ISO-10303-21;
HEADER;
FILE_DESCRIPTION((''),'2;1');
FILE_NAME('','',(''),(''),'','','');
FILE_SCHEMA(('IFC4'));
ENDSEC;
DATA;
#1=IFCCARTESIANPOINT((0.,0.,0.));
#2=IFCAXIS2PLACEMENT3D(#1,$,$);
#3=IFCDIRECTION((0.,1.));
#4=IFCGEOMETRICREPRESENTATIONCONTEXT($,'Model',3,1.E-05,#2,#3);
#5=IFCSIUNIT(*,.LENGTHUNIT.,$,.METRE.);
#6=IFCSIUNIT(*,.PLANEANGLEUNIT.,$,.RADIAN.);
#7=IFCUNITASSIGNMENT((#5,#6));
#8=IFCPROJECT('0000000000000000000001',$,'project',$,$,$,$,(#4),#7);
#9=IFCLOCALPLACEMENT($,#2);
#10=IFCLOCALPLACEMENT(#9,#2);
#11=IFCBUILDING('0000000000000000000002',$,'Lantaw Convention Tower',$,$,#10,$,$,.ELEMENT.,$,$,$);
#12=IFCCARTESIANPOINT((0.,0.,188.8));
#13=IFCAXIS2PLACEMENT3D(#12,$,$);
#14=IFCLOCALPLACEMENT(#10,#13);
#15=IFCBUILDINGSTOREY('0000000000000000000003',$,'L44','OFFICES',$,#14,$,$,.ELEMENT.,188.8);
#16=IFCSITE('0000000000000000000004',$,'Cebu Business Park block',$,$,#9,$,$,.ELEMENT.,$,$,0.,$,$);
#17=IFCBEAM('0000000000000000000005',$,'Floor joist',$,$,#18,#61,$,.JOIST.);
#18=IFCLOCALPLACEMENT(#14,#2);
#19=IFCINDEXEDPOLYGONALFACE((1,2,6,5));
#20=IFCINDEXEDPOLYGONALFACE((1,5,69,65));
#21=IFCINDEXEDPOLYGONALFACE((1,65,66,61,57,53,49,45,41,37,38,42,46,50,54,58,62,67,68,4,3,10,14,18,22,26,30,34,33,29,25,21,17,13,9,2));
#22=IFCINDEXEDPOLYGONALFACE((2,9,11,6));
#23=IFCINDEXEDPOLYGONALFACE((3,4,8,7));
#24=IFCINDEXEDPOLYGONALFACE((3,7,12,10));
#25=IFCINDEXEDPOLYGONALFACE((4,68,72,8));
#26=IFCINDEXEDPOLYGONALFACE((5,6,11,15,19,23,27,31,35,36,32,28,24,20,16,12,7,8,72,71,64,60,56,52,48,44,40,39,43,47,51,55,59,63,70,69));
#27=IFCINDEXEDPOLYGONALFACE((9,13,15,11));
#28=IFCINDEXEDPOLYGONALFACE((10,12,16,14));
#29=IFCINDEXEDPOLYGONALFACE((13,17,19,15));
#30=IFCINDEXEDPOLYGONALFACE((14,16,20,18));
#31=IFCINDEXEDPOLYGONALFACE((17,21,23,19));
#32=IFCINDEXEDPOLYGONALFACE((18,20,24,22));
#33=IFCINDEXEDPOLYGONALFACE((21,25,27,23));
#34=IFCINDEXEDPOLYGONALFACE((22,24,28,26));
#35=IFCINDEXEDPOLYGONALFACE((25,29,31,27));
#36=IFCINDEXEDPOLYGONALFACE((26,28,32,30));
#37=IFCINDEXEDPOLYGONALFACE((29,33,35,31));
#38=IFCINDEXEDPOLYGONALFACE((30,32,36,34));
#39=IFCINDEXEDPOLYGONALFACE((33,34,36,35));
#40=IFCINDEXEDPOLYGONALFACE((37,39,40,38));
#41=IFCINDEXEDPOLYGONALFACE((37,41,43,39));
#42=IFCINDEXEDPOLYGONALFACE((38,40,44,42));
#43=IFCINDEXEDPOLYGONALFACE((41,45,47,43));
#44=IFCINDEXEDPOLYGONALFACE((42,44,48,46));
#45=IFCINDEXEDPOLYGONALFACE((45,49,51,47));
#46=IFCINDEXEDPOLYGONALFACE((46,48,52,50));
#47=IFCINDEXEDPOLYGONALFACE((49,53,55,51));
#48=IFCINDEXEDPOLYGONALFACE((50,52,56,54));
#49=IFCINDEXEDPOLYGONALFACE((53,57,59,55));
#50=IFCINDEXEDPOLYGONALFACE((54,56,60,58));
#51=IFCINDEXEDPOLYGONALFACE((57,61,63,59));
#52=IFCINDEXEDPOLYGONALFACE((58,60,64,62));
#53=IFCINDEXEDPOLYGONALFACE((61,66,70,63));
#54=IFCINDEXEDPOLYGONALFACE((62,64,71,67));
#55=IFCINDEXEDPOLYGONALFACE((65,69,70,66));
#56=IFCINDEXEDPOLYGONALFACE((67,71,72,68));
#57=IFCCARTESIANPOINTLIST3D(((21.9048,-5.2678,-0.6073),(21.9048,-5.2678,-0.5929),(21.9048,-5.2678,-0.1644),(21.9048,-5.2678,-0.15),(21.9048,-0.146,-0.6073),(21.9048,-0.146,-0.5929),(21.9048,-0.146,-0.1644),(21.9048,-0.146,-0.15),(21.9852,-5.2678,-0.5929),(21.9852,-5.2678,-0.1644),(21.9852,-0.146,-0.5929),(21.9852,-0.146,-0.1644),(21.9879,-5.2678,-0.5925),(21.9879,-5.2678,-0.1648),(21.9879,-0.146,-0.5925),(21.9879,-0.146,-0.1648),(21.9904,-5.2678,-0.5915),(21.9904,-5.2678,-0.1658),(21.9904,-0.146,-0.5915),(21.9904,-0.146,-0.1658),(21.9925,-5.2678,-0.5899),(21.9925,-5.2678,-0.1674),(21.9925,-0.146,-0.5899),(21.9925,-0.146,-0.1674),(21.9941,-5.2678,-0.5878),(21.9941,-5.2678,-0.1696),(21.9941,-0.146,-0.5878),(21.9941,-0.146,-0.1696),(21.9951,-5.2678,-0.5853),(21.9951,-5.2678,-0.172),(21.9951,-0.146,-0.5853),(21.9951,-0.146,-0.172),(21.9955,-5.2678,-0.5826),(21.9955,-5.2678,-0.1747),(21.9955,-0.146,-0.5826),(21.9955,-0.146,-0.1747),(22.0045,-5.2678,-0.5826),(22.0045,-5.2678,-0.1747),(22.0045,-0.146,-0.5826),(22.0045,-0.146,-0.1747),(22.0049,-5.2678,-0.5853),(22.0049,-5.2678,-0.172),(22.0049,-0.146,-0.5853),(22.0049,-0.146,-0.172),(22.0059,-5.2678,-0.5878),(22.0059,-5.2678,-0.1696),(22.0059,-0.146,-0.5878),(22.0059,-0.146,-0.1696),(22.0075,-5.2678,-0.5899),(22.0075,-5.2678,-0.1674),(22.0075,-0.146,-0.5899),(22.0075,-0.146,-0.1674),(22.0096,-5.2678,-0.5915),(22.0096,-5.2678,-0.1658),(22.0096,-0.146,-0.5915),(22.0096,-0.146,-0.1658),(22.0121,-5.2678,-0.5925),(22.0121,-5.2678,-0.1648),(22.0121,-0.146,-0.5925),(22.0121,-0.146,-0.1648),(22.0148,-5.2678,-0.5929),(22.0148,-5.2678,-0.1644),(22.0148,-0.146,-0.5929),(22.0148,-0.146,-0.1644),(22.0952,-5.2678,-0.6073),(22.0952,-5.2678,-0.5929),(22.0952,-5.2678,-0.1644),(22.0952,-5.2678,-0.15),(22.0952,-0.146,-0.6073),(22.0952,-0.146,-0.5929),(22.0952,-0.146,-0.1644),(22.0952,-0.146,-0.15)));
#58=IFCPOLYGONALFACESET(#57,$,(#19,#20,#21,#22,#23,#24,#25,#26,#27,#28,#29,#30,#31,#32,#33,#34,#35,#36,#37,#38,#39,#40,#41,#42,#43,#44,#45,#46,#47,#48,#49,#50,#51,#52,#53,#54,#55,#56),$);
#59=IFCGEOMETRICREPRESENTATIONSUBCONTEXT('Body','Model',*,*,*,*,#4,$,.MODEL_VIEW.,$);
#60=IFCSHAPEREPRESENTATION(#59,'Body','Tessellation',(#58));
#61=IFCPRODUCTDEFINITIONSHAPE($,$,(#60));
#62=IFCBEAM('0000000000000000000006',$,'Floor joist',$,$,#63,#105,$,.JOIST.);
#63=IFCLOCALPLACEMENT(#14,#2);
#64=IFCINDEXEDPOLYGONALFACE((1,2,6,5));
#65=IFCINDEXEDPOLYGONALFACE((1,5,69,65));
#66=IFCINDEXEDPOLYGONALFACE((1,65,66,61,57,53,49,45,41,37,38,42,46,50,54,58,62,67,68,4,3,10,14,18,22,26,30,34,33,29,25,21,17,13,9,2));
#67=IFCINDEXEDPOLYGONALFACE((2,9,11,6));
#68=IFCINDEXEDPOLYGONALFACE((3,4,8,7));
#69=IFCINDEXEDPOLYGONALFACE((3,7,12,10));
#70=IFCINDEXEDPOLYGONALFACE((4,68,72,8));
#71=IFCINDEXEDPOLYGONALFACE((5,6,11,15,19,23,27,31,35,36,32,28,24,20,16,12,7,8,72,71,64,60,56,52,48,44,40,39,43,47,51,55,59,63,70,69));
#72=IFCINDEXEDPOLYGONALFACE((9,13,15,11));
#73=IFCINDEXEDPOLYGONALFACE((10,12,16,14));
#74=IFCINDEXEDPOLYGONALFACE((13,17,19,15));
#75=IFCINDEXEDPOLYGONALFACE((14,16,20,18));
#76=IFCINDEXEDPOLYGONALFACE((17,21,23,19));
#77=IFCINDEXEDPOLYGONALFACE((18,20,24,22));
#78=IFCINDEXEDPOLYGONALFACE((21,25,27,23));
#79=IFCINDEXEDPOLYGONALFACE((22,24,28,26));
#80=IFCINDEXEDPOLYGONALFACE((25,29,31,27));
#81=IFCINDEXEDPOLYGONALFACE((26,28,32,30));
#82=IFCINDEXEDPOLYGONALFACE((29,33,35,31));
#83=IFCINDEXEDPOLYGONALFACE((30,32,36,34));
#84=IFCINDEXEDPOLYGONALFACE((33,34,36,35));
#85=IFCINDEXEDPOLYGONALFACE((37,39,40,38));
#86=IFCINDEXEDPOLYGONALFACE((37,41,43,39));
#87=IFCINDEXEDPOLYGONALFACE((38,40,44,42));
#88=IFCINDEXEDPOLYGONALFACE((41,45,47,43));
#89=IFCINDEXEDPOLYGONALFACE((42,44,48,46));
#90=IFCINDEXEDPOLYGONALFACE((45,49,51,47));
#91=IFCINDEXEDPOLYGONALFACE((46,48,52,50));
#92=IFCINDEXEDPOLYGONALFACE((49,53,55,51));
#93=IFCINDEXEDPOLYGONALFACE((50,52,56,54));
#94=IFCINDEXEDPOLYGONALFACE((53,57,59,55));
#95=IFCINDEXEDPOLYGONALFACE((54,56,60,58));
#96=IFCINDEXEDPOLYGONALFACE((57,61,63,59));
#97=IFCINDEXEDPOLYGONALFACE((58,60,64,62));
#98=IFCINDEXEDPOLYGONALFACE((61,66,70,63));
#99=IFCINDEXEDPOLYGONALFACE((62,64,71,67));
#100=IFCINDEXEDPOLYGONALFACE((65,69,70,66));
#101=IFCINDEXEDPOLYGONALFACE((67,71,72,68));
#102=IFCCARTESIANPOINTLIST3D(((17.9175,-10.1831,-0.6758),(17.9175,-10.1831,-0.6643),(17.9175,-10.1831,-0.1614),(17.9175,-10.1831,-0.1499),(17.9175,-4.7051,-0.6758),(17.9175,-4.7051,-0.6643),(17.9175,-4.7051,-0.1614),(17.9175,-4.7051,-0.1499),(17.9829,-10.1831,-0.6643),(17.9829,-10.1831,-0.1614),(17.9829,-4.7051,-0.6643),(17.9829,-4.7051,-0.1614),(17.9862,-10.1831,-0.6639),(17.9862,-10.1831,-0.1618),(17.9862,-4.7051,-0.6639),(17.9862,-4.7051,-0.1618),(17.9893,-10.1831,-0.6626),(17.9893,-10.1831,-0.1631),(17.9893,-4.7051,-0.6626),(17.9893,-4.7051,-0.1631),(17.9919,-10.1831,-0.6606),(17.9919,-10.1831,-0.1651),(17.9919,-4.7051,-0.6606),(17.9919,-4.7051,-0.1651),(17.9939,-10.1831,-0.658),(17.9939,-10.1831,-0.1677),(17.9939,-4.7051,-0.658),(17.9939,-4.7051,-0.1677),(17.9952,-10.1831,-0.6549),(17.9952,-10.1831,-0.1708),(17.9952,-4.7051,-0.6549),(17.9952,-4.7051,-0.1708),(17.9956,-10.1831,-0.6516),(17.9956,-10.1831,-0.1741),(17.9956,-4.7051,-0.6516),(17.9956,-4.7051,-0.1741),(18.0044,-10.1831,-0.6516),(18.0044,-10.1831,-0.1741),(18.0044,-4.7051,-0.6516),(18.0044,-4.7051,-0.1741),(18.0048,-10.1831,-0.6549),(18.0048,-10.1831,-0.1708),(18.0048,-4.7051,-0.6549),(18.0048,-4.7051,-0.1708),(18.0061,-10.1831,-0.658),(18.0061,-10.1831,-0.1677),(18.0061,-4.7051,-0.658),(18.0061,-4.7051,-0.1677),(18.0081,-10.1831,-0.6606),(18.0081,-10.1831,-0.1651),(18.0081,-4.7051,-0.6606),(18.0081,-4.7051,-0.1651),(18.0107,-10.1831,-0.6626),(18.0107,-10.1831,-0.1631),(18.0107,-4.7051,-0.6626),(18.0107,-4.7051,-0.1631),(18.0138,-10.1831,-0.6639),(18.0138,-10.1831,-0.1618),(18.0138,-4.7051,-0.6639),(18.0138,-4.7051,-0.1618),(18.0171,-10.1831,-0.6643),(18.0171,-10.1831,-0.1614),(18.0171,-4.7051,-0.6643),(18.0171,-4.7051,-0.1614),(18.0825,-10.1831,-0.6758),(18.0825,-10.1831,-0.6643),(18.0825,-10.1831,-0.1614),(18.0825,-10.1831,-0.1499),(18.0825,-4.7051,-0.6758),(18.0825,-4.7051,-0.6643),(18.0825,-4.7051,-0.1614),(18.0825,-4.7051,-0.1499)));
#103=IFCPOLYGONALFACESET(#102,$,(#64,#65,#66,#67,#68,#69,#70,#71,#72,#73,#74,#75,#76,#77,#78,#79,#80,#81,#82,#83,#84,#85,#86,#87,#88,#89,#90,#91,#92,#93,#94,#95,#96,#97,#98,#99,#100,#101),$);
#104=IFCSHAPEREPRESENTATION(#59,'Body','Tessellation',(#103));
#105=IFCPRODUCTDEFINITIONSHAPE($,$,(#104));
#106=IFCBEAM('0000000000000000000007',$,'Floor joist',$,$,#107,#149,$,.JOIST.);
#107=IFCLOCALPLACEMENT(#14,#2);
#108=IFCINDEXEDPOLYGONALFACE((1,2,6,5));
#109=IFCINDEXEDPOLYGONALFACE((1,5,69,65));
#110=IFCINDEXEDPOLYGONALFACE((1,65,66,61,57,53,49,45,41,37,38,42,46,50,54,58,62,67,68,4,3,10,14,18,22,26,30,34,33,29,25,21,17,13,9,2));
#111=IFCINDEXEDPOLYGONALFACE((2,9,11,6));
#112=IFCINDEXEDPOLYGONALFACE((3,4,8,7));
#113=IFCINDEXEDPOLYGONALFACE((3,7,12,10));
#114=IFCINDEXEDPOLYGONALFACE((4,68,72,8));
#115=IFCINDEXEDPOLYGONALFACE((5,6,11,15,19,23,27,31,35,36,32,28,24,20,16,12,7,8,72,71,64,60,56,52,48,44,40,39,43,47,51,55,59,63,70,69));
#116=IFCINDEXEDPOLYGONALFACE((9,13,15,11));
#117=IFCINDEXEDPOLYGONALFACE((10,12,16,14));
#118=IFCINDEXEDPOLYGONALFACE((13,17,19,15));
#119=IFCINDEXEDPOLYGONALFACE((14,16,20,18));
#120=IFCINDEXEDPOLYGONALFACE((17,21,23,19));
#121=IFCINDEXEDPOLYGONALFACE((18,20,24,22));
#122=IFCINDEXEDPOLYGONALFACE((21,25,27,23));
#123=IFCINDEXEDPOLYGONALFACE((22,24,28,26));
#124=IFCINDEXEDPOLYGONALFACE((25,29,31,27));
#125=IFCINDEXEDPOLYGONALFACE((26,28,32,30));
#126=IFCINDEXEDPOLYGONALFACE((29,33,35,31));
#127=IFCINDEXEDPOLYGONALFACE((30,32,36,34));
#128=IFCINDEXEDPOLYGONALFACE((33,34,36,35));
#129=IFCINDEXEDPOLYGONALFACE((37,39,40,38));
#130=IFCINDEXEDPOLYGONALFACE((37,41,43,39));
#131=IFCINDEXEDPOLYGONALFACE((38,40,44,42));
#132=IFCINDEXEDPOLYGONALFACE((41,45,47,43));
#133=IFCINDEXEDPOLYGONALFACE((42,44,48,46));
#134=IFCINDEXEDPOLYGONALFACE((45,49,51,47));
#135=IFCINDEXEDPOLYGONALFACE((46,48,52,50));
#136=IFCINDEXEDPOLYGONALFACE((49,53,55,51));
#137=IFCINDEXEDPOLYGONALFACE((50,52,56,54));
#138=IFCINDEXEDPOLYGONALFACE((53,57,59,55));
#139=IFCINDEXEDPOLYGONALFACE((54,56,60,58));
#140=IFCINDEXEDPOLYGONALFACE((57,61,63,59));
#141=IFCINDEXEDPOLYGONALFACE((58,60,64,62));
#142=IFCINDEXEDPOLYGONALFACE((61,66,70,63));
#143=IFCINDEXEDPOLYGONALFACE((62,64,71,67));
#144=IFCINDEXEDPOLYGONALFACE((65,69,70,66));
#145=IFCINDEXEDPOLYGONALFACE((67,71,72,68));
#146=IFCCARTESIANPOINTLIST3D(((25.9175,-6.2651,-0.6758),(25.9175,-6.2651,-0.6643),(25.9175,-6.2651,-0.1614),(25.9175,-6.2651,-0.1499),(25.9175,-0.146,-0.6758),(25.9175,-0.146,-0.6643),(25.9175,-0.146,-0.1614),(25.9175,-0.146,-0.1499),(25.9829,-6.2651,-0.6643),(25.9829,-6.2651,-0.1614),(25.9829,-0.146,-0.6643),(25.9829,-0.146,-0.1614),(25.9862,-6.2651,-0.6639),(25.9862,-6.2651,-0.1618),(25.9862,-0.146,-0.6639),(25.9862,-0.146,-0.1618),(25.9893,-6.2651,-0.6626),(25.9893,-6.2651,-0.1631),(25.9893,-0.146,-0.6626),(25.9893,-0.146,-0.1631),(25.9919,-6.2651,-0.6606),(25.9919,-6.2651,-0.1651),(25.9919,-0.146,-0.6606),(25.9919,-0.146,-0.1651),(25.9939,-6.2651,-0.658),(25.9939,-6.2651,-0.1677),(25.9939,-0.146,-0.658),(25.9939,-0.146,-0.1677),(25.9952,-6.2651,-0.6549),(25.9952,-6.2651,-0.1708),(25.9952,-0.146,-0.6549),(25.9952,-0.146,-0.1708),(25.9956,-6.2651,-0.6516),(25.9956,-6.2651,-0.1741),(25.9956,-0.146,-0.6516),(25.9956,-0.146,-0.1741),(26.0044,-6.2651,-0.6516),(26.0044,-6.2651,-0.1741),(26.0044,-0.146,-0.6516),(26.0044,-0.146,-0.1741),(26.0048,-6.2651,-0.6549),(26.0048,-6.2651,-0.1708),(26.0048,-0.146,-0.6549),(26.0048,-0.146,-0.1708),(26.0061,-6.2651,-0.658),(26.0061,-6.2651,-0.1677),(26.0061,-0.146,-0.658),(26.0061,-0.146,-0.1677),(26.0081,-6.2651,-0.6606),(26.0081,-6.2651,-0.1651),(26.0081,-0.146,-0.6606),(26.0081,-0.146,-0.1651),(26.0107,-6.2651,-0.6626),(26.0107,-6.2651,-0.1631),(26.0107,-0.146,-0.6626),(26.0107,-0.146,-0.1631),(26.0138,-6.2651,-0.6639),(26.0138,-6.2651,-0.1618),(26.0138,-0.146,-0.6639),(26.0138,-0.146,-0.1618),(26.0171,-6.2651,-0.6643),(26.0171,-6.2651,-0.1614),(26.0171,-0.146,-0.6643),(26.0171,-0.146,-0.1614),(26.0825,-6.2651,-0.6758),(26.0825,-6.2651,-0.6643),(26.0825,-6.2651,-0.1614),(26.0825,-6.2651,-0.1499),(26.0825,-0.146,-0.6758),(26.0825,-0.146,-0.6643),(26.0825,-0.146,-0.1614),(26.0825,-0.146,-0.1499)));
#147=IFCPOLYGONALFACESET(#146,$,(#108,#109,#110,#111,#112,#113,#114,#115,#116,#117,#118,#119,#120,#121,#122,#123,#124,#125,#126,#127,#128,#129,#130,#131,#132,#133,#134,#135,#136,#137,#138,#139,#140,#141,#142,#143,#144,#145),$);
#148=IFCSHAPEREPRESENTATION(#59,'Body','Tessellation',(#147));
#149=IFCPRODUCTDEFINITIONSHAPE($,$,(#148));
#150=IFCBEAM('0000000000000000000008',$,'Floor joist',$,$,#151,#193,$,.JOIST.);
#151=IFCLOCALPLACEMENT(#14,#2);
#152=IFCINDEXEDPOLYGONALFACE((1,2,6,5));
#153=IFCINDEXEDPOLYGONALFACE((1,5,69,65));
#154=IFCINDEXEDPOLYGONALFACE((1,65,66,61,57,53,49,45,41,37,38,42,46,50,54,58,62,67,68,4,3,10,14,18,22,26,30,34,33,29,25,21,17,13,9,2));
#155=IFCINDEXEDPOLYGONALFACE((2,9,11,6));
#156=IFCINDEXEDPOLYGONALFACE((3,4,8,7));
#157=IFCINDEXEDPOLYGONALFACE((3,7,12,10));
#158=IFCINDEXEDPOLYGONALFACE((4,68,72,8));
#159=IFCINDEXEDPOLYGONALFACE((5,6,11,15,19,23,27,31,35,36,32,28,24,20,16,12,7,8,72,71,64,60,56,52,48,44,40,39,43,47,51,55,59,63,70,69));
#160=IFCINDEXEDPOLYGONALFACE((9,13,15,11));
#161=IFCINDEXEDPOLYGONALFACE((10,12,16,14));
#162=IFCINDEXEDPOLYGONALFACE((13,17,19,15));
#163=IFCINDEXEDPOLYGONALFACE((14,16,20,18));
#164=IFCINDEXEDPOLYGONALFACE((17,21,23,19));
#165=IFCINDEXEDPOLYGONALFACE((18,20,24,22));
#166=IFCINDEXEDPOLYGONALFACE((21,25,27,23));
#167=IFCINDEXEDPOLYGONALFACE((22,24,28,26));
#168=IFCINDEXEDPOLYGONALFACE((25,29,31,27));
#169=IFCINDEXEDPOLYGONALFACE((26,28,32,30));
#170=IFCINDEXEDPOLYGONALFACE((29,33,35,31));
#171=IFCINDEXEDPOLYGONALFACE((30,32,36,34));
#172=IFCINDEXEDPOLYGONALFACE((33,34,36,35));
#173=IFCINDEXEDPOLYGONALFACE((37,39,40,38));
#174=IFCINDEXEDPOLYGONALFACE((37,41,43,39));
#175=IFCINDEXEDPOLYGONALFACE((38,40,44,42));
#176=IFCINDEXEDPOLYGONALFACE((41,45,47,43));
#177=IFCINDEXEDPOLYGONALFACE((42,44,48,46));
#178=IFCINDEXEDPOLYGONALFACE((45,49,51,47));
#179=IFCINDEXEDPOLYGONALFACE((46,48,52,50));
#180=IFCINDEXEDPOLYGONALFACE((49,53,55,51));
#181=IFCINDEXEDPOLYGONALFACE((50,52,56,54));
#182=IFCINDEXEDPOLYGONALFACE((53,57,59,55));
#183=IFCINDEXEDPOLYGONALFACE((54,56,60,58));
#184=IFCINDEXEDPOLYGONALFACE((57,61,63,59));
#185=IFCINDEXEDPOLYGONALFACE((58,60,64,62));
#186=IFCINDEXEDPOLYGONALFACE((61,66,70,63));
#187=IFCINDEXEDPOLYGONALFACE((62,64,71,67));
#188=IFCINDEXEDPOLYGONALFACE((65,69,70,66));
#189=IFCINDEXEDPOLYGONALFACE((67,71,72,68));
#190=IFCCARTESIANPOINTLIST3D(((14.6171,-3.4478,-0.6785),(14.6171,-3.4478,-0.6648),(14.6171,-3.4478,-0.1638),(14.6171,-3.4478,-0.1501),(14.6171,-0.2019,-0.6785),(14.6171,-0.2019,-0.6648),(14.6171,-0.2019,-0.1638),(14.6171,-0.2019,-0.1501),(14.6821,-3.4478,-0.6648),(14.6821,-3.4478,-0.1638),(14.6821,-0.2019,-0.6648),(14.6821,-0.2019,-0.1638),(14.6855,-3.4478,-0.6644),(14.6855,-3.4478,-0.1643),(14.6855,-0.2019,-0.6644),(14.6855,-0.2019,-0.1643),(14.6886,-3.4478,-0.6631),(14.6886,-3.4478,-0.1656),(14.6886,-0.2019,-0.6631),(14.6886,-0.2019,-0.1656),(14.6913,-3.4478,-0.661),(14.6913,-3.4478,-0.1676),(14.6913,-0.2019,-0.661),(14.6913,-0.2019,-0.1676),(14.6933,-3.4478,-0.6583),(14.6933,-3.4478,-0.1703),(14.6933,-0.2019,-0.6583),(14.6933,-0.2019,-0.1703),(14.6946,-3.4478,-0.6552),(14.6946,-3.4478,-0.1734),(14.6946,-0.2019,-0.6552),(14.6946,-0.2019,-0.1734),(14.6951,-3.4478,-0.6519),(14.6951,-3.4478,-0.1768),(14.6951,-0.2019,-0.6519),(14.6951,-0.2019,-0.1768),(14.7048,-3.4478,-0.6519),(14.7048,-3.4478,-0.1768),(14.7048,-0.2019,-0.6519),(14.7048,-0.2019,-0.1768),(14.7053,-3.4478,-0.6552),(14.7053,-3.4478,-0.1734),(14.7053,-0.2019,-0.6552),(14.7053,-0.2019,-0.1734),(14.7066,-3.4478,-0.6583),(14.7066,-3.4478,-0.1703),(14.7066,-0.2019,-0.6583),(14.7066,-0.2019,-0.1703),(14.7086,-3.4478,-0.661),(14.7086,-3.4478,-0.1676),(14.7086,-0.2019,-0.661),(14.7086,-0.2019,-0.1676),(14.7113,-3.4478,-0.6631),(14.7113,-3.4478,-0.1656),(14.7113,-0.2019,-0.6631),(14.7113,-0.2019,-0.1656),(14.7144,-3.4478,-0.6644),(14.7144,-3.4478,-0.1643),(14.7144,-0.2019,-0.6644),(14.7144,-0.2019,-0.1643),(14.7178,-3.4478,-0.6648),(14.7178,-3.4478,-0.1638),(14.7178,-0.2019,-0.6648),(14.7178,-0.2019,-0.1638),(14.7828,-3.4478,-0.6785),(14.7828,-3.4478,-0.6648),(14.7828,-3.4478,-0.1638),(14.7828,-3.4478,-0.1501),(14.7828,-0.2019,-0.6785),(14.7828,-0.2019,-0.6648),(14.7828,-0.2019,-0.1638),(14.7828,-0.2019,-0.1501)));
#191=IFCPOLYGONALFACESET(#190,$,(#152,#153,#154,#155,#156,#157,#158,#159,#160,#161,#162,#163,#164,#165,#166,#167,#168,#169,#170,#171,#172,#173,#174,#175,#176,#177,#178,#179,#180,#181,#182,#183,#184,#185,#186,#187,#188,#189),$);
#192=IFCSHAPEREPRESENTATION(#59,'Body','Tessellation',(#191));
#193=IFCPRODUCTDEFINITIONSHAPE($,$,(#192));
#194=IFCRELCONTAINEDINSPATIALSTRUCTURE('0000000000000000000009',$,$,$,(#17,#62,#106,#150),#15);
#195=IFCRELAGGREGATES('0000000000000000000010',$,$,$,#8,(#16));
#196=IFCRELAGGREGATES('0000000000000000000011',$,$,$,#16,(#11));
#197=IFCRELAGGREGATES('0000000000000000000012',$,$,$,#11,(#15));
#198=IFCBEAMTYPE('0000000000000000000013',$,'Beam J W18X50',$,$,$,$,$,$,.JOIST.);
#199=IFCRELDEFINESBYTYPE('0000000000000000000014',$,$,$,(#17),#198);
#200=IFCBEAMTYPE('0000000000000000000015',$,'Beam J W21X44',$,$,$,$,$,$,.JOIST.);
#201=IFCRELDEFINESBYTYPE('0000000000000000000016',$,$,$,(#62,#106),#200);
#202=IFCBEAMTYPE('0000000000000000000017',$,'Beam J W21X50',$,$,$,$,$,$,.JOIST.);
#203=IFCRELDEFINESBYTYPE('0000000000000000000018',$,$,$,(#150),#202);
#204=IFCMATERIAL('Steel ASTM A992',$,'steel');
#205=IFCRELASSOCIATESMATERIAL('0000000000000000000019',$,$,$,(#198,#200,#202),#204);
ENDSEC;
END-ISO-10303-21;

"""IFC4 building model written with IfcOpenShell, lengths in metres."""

from ifc_helpers import new_model, si_unit, direction, frame, origin, origin_2d, place, context, subcontext, project, spatial, i_section, extrude, material, material_profile, profile_set, type_object, element, save


model = new_model("IFC4")

# Units and contexts
model_context = context("Model", 3, precision=1e-05, world=origin(), true_north=direction((0.0, 1.0)))
body_context = subcontext(model_context, "Body", "Model", "MODEL_VIEW")
ifc_project = project(units=[si_unit("LENGTHUNIT", "METRE"), si_unit("PLANEANGLEUNIT", "RADIAN")], contexts=[model_context])

# Site, building, storey
site_placement = place(None, origin())
site = spatial("IfcSite", under=ifc_project, at=site_placement, Name="Cebu Business Park block", CompositionType="ELEMENT", RefElevation=0.0)
building_placement = place(site_placement, origin())
building = spatial("IfcBuilding", under=site, at=building_placement, Name="Lantaw Convention Tower", CompositionType="ELEMENT")
storey_placement = place(building_placement, frame((0.0, 0.0, 188.8)))
storey = spatial("IfcBuildingStorey", under=building, at=storey_placement, Name="L44", Description="OFFICES", CompositionType="ELEMENT", Elevation=188.8)

# Beams
ifc_material_1 = material(Name="Steel ASTM A992", Category="steel")
ifc_material_profile_1 = material_profile(ifc_material_1, i_section(OverallWidth=0.1904, OverallDepth=0.4573, WebThickness=0.009, FlangeThickness=0.0144, FilletRadius=0.0103, at=origin_2d()), Name="W18X50")
ifc_profile_set_1 = profile_set([ifc_material_profile_1], Name="Steel ASTM A992")
beam_type_1 = type_object("IfcBeamType", Name="Beam J W18X50", PredefinedType="JOIST", material=ifc_profile_set_1)
beam_1_placement = place(storey_placement, frame((22.0, -5.2678, -0.3787), z_axis=(0.0, 1.0, 0.0), x_axis=(-1.0, 0.0, 0.0)))
element("IfcBeam", 1, at=beam_1_placement, inside=storey, type_object=beam_type_1, Name="Floor joist", PredefinedType="JOIST", context=body_context, shape_type="SweptSolid", body=[
    extrude(i_section(OverallWidth=0.1904, OverallDepth=0.4573, WebThickness=0.009, FlangeThickness=0.0144, FilletRadius=0.0103, at=origin_2d()), origin(), (0.0, 0.0, 1.0), 5.1218),
])
ifc_material_profile_2 = material_profile(ifc_material_1, i_section(OverallWidth=0.165, OverallDepth=0.5259, WebThickness=0.0088, FlangeThickness=0.0115, FilletRadius=0.0127, at=origin_2d()), Name="W21X44")
ifc_profile_set_2 = profile_set([ifc_material_profile_2], Name="Steel ASTM A992")
beam_type_2 = type_object("IfcBeamType", Name="Beam J W21X44", PredefinedType="JOIST", material=ifc_profile_set_2)
beam_2_placement = place(storey_placement, frame((18.0, -10.1831, -0.4128), z_axis=(0.0, 1.0, 0.0), x_axis=(-1.0, 0.0, 0.0)))
element("IfcBeam", 2, at=beam_2_placement, inside=storey, type_object=beam_type_2, Name="Floor joist", PredefinedType="JOIST", context=body_context, shape_type="SweptSolid", body=[
    extrude(i_section(OverallWidth=0.165, OverallDepth=0.5259, WebThickness=0.0088, FlangeThickness=0.0115, FilletRadius=0.0127, at=origin_2d()), origin(), (0.0, 0.0, 1.0), 5.478),
])
beam_3_placement = place(storey_placement, frame((26.0, -6.2651, -0.4128), z_axis=(0.0, 1.0, 0.0), x_axis=(-1.0, 0.0, 0.0)))
element("IfcBeam", 3, at=beam_3_placement, inside=storey, type_object=beam_type_2, Name="Floor joist", PredefinedType="JOIST", context=body_context, shape_type="SweptSolid", body=[
    extrude(i_section(OverallWidth=0.165, OverallDepth=0.5259, WebThickness=0.0088, FlangeThickness=0.0115, FilletRadius=0.0127, at=origin_2d()), origin(), (0.0, 0.0, 1.0), 6.1191),
])
ifc_material_profile_3 = material_profile(ifc_material_1, i_section(OverallWidth=0.1658, OverallDepth=0.5283, WebThickness=0.0098, FlangeThickness=0.0137, FilletRadius=0.0129, at=origin_2d()), Name="W21X50")
ifc_profile_set_3 = profile_set([ifc_material_profile_3], Name="Steel ASTM A992")
beam_type_3 = type_object("IfcBeamType", Name="Beam J W21X50", PredefinedType="JOIST", material=ifc_profile_set_3)
beam_4_placement = place(storey_placement, frame((14.7, -3.4478, -0.4143), z_axis=(0.0, 1.0, 0.0), x_axis=(-1.0, 0.0, 0.0)))
element("IfcBeam", 4, at=beam_4_placement, inside=storey, type_object=beam_type_3, Name="Floor joist", PredefinedType="JOIST", context=body_context, shape_type="SweptSolid", body=[
    extrude(i_section(OverallWidth=0.1658, OverallDepth=0.5283, WebThickness=0.0098, FlangeThickness=0.0137, FilletRadius=0.0129, at=origin_2d()), origin(), (0.0, 0.0, 1.0), 3.2458),
])

save(model, "model.ifc")
